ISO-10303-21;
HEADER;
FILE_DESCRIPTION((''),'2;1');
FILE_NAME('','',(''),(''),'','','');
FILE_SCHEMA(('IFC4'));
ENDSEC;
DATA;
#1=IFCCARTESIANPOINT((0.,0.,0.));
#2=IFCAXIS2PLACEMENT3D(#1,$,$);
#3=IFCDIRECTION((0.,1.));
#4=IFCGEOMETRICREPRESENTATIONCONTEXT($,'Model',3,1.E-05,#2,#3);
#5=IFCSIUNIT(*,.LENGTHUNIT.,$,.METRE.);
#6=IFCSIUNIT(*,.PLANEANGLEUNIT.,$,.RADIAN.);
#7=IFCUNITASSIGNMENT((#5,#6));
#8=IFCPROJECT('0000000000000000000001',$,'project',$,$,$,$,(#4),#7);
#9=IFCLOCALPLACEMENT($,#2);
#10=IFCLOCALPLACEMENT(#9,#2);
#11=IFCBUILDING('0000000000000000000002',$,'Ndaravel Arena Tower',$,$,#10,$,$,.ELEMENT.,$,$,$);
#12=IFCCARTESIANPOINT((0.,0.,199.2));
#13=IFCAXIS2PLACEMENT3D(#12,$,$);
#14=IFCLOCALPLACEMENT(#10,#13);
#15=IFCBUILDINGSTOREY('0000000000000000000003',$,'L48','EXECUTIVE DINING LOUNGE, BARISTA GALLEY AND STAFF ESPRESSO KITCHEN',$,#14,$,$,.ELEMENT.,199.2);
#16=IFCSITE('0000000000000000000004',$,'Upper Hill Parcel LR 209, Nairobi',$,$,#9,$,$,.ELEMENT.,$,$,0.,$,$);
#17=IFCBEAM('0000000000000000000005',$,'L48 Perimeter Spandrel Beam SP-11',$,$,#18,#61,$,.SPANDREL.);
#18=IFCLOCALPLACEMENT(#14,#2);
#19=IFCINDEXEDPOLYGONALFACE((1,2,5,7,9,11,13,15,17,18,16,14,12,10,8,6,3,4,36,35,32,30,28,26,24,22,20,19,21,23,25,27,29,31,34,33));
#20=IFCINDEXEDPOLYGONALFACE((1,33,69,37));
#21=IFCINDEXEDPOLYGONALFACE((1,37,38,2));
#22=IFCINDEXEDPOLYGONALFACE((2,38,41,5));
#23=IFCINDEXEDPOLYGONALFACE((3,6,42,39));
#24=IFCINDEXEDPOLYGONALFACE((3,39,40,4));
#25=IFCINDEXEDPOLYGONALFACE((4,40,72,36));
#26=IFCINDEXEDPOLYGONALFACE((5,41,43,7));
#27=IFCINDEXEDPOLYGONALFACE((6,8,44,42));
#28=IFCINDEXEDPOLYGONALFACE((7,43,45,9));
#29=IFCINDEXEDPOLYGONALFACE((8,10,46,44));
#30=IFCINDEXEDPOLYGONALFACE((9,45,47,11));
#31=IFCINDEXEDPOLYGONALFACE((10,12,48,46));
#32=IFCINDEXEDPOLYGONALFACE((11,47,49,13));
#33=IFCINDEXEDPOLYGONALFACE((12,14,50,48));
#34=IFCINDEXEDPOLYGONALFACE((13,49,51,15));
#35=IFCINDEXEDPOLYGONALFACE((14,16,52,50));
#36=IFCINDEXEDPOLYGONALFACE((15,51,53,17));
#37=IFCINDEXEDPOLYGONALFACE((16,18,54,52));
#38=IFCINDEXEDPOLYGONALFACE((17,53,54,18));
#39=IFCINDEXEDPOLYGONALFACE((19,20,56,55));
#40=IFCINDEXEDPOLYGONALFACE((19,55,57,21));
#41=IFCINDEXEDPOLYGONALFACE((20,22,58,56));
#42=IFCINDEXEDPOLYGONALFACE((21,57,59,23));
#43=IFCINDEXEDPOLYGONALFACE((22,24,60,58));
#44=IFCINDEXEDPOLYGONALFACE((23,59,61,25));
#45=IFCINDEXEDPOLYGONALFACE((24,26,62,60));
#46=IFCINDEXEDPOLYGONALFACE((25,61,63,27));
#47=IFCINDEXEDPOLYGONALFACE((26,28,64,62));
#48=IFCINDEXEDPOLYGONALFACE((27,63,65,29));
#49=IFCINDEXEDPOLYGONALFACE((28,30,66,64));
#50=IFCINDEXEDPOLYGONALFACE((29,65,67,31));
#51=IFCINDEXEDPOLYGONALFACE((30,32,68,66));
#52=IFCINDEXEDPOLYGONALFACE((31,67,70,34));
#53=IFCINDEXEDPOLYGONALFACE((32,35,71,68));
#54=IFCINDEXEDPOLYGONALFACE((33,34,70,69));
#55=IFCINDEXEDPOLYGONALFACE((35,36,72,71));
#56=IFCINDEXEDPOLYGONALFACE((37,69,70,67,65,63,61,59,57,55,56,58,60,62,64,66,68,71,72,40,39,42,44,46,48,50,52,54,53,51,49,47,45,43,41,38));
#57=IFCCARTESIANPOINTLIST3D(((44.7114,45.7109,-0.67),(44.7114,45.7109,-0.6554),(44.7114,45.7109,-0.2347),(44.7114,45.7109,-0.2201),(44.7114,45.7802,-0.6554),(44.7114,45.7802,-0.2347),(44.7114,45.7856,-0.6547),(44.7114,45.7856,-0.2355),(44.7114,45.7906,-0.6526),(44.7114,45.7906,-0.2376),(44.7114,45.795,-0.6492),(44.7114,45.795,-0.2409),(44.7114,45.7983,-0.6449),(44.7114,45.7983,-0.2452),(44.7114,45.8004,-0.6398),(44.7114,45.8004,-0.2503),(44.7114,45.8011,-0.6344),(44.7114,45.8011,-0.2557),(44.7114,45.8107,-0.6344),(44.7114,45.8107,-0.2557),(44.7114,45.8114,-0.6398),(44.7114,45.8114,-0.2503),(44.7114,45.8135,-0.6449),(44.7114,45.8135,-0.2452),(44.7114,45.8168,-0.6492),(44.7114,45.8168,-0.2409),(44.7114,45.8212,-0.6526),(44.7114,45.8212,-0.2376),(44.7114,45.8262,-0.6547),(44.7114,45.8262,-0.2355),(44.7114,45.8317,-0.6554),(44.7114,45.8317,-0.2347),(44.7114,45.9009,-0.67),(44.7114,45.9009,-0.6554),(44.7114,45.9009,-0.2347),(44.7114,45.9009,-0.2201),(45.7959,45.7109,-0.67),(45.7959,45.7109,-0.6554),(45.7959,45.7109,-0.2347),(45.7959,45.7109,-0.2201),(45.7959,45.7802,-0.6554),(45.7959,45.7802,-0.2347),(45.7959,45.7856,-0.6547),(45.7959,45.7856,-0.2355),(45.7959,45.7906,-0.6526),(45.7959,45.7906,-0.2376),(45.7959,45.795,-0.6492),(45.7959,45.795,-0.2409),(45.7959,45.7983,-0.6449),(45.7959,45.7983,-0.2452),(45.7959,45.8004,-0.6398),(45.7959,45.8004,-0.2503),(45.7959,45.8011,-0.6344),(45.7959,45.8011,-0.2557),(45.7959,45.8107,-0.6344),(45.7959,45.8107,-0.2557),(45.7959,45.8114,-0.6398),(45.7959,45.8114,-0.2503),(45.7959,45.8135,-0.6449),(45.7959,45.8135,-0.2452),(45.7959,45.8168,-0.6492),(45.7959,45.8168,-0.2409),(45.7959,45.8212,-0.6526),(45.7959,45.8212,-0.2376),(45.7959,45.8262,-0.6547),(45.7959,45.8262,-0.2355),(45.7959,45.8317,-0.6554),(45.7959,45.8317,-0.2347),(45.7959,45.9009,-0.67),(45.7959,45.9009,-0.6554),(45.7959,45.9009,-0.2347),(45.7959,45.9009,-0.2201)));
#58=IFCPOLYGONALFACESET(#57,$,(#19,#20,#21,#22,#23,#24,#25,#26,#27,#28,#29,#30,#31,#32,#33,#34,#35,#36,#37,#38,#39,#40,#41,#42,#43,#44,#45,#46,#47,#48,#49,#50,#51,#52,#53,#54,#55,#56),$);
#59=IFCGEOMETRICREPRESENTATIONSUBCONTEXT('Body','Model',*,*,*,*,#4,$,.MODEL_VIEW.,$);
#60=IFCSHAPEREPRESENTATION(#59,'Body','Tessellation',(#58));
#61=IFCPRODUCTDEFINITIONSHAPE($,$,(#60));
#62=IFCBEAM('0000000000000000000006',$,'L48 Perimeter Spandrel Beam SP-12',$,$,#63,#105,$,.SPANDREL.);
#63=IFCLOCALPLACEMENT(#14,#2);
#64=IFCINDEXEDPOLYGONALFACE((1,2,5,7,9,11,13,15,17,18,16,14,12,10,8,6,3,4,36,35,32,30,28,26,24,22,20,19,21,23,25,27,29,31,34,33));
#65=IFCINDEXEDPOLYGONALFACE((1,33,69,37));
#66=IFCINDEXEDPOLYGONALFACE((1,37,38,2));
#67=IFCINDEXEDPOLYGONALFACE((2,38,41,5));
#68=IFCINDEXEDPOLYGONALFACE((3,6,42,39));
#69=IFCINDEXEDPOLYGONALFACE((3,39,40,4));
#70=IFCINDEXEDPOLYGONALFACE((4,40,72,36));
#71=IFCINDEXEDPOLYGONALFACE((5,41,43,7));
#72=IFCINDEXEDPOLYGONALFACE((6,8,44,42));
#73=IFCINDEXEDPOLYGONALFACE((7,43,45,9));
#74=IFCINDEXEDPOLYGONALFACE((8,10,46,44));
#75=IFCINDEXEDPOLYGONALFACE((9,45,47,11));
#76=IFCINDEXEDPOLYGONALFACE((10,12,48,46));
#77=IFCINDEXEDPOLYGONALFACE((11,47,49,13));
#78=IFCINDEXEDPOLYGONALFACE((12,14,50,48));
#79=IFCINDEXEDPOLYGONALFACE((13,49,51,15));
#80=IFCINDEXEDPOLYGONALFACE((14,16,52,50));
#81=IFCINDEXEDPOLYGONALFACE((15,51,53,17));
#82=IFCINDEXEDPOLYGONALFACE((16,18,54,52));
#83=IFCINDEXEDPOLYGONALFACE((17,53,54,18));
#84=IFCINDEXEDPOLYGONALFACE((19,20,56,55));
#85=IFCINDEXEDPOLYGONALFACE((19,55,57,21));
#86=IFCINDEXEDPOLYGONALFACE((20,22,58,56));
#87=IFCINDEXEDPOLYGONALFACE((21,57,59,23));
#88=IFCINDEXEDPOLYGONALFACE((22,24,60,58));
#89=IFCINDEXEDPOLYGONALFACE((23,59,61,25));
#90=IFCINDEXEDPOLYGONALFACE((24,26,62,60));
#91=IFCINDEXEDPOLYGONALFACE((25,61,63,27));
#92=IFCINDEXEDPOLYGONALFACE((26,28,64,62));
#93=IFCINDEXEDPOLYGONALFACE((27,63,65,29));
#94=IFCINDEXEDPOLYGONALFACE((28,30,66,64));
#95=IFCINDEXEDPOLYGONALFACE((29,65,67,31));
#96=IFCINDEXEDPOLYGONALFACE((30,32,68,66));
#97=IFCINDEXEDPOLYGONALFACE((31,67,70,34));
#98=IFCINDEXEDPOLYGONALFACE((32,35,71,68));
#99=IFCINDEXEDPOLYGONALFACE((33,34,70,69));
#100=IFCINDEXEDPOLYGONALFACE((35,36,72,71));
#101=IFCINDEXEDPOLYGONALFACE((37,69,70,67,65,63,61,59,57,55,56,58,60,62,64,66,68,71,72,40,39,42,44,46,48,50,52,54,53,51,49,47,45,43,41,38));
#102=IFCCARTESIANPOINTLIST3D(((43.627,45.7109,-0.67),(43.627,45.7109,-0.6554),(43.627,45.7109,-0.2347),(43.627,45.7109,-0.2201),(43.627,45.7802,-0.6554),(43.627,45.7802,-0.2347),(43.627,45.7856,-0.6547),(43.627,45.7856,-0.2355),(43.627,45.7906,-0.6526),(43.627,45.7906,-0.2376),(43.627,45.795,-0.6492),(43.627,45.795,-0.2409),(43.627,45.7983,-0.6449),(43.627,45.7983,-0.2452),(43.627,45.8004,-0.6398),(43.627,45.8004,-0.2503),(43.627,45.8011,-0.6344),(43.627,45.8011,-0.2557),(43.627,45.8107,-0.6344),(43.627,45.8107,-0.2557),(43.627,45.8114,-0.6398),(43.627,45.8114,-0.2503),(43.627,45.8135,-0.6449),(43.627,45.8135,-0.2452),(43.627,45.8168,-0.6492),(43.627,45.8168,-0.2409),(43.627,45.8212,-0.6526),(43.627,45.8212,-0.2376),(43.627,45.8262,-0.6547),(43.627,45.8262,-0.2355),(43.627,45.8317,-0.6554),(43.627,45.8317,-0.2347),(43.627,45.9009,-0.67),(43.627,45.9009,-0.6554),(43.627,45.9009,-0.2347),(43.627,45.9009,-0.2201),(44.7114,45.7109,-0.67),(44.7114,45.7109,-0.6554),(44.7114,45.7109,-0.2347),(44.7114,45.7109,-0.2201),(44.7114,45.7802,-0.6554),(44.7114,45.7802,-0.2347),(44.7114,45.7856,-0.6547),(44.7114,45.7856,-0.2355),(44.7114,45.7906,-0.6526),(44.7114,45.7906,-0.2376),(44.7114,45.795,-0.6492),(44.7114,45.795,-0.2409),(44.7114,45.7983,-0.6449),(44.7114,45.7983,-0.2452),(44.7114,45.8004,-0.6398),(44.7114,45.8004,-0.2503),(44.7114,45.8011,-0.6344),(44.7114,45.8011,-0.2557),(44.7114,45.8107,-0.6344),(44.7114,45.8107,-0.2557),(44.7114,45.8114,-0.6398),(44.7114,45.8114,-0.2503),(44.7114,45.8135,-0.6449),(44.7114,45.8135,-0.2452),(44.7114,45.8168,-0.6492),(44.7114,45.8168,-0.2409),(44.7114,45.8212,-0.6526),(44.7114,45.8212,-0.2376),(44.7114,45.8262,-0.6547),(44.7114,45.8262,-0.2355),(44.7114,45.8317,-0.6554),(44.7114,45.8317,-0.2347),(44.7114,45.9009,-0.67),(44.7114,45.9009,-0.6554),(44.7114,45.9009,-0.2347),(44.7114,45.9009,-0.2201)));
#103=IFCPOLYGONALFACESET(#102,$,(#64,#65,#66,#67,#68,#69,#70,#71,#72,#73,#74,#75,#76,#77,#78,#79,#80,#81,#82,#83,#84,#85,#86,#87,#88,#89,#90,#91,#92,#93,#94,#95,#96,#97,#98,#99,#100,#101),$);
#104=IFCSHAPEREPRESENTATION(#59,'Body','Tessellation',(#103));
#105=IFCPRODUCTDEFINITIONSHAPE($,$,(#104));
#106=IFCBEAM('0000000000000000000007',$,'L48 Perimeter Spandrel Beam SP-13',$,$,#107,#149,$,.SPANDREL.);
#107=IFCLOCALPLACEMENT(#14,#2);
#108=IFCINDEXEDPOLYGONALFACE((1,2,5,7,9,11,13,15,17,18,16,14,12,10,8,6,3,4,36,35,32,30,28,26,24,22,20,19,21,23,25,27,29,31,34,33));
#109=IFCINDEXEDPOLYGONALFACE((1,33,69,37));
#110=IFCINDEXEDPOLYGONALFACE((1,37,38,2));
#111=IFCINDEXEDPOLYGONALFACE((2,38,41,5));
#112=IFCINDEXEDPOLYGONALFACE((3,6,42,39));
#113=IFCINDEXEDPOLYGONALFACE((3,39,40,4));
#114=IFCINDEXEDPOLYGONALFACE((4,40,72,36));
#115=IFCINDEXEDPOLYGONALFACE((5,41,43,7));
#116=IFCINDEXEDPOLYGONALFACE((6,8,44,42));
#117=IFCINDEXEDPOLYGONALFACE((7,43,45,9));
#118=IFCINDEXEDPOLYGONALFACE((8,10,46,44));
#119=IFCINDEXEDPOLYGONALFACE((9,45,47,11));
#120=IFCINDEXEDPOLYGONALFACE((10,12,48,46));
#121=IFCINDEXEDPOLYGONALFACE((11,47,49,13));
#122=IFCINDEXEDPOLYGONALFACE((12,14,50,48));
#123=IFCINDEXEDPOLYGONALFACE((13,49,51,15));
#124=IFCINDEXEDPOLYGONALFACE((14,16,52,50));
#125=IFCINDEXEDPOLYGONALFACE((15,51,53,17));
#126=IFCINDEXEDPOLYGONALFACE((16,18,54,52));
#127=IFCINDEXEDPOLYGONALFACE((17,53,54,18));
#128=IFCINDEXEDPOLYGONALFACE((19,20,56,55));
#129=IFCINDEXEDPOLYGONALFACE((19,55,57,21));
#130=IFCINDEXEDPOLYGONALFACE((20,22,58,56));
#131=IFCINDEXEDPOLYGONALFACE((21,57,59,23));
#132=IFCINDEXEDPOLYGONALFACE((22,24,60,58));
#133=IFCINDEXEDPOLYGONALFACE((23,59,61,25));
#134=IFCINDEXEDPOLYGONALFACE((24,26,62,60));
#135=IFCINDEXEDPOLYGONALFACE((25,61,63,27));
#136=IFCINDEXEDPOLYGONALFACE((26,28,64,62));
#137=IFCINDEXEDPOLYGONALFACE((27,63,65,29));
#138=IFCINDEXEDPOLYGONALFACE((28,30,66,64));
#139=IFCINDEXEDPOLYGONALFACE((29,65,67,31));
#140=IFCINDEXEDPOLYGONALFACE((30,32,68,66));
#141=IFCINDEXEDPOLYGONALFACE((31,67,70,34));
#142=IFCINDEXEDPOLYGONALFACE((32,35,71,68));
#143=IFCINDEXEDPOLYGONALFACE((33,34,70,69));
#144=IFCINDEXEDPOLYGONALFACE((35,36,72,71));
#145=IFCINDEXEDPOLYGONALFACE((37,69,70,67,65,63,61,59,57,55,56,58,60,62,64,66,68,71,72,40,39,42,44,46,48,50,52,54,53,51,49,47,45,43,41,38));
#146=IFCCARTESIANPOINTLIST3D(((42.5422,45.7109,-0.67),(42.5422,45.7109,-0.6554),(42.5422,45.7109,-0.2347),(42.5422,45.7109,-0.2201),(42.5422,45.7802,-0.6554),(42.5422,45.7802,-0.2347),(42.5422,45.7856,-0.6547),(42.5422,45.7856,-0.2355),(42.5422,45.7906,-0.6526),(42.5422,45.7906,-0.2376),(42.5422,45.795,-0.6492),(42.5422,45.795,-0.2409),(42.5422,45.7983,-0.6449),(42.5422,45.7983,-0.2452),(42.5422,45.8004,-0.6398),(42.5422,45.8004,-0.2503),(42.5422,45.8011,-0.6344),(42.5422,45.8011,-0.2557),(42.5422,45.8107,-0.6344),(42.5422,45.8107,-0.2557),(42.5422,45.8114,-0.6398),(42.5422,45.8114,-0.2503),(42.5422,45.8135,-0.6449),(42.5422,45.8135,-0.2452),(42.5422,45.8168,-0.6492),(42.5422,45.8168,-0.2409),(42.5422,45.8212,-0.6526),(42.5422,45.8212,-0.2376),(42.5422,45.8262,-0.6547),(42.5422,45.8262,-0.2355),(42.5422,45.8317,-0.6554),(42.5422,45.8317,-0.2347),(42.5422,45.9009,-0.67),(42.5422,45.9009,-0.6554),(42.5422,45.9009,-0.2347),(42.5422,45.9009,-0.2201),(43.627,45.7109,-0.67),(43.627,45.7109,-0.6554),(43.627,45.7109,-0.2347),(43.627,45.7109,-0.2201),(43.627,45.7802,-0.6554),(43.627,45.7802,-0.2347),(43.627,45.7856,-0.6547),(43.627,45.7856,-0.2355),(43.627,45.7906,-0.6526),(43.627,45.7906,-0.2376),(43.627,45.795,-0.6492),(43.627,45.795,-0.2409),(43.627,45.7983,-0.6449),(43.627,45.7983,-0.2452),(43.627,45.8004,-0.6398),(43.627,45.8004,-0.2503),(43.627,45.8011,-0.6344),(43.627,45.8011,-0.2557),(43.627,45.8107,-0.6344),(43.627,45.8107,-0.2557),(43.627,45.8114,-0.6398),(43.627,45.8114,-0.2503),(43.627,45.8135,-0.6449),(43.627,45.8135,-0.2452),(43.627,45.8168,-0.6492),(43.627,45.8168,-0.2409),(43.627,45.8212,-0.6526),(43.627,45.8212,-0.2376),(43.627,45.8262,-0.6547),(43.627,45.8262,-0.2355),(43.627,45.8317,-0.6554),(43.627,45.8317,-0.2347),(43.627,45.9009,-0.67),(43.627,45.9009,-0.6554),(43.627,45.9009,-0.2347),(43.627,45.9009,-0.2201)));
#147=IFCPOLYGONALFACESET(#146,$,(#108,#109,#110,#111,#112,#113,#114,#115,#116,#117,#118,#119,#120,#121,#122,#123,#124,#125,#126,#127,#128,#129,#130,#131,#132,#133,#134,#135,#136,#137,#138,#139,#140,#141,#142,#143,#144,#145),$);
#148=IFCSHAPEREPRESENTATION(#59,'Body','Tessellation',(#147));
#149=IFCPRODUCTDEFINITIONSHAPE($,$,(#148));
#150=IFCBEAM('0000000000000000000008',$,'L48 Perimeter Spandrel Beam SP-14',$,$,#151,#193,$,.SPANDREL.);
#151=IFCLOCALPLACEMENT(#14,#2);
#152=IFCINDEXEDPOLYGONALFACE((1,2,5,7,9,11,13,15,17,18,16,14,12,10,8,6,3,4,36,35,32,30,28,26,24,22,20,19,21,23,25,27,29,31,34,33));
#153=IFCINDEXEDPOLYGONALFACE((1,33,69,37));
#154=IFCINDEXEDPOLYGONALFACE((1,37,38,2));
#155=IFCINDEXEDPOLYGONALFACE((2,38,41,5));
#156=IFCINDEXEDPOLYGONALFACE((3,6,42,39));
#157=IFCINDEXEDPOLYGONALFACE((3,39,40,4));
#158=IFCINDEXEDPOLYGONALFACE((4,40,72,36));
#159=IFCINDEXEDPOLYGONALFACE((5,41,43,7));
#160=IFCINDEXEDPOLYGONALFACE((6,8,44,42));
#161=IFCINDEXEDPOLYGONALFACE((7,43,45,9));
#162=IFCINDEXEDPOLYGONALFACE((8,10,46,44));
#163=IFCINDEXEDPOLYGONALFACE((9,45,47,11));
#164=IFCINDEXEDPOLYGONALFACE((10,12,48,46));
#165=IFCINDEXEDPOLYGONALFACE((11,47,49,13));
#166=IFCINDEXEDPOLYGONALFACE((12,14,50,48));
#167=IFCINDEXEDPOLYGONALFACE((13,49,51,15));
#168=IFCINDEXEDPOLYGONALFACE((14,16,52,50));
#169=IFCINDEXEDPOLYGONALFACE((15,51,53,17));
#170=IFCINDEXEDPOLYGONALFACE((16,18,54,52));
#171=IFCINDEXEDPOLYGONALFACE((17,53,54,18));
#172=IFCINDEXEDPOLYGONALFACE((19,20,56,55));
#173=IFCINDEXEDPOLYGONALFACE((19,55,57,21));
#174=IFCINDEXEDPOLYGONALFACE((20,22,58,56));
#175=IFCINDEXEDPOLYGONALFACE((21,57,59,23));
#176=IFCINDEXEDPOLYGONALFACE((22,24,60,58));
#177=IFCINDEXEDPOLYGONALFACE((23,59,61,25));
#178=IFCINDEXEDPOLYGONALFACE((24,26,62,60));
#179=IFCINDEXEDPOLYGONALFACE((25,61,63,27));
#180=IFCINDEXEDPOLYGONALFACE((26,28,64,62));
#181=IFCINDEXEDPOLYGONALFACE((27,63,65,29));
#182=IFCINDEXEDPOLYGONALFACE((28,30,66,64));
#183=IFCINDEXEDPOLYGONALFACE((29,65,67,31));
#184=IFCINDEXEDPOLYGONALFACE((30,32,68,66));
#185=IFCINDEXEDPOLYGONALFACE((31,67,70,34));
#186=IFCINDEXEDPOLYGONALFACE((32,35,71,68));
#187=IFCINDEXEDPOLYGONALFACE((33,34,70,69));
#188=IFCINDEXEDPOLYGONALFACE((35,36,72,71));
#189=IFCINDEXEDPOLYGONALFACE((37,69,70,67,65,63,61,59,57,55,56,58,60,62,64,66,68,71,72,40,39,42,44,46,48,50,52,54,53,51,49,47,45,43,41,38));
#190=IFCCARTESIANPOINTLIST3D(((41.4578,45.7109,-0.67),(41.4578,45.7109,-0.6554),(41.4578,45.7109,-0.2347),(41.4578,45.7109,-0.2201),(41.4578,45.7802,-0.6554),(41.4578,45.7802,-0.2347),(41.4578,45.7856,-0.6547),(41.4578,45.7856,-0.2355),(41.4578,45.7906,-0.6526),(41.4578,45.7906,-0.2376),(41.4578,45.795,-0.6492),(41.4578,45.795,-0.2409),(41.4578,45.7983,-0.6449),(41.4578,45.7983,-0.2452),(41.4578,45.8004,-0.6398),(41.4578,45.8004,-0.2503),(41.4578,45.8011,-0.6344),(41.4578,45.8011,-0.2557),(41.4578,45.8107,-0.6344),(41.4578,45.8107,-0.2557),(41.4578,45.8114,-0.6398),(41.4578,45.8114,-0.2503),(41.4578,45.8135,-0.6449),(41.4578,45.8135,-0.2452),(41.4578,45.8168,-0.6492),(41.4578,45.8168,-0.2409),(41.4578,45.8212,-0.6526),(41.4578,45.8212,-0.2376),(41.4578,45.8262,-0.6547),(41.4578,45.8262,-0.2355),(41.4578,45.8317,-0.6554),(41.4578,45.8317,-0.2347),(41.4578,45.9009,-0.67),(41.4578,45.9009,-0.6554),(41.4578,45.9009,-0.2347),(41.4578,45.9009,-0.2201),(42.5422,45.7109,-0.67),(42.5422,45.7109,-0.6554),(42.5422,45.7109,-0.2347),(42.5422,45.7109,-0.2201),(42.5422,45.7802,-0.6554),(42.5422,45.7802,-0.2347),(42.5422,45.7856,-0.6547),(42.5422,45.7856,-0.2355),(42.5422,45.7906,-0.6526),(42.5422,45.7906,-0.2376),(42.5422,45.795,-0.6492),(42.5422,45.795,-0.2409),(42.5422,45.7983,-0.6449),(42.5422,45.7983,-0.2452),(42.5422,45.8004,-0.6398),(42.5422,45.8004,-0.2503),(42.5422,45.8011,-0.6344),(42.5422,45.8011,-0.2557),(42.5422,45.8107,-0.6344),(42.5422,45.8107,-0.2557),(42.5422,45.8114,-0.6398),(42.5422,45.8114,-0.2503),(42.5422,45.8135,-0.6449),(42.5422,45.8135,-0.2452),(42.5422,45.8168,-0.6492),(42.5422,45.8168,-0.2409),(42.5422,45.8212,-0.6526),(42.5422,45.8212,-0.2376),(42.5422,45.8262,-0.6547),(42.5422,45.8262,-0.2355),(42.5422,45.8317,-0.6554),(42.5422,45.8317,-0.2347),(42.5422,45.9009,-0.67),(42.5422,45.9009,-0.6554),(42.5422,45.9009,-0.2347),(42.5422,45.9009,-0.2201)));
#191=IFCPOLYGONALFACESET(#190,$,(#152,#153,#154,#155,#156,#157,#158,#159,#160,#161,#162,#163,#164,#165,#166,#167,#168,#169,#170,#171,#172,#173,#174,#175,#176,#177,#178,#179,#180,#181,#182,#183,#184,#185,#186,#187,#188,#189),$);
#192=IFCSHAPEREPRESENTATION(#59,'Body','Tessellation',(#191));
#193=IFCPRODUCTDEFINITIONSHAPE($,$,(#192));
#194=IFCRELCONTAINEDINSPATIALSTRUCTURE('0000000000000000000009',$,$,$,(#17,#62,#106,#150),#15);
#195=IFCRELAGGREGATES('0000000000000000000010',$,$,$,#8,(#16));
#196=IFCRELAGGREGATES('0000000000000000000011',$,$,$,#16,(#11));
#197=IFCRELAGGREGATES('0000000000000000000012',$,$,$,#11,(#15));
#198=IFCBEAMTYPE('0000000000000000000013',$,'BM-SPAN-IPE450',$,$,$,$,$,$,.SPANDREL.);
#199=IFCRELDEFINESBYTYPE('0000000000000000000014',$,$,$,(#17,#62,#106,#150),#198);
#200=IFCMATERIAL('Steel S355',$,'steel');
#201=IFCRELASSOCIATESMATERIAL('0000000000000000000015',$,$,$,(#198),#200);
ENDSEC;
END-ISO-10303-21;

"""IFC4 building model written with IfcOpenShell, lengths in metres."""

from ifc_helpers import new_model, si_unit, direction, frame, origin, origin_2d, place, context, subcontext, project, spatial, i_section, extrude, material, material_profile, profile_set, type_object, element, save


model = new_model("IFC4")

# Units and contexts
model_context = context("Model", 3, precision=1e-05, world=origin(), true_north=direction((0.0, 1.0)))
body_context = subcontext(model_context, "Body", "Model", "MODEL_VIEW")
ifc_project = project(units=[si_unit("LENGTHUNIT", "METRE"), si_unit("PLANEANGLEUNIT", "RADIAN")], contexts=[model_context])

# Site, building, storey
site_placement = place(None, origin())
site = spatial("IfcSite", under=ifc_project, at=site_placement, Name="Upper Hill Parcel LR 209, Nairobi", CompositionType="ELEMENT", RefElevation=0.0)
building_placement = place(site_placement, origin())
building = spatial("IfcBuilding", under=site, at=building_placement, Name="Ndaravel Arena Tower", CompositionType="ELEMENT")
storey_placement = place(building_placement, frame((0.0, 0.0, 199.2)))
storey = spatial("IfcBuildingStorey", under=building, at=storey_placement, Name="L48", Description="EXECUTIVE DINING LOUNGE, BARISTA GALLEY AND STAFF ESPRESSO KITCHEN", CompositionType="ELEMENT", Elevation=199.2)

# Beams
ifc_material_1 = material(Name="Steel S355", Category="steel")
ifc_material_profile_1 = material_profile(ifc_material_1, i_section(OverallWidth=0.1899, OverallDepth=0.45, WebThickness=0.0095, FlangeThickness=0.0146, FilletRadius=0.021, at=origin_2d()), Name="IPE 450")
ifc_profile_set_1 = profile_set([ifc_material_profile_1], Name="Steel S355")
beam_type_1 = type_object("IfcBeamType", Name="BM-SPAN-IPE450", PredefinedType="SPANDREL", material=ifc_profile_set_1)
for number, where, z_axis, x_axis, name in (
    (1, (45.7959, 45.8059, -0.4451), (-1.0, 0.0, 0.0), (0.0, -1.0, 0.0), "L48 Perimeter Spandrel Beam SP-11"),
    (2, (44.7114, 45.8059, -0.4451), (-1.0, 0.0, 0.0), (0.0, -1.0, 0.0), "L48 Perimeter Spandrel Beam SP-12"),
):
    element("IfcBeam", number, at=place(storey_placement, frame(where, z_axis=z_axis, x_axis=x_axis)), inside=storey, type_object=beam_type_1, Name=name, PredefinedType="SPANDREL", context=body_context, shape_type="SweptSolid", body=[
        extrude(i_section(OverallWidth=0.1899, OverallDepth=0.45, WebThickness=0.0095, FlangeThickness=0.0146, FilletRadius=0.021, at=origin_2d()), origin(), (0.0, 0.0, 1.0), 1.0845),
    ])
beam_1_placement = place(storey_placement, frame((43.627, 45.8059, -0.4451), z_axis=(-1.0, 0.0, 0.0), x_axis=(0.0, -1.0, 0.0)))
element("IfcBeam", 3, at=beam_1_placement, inside=storey, type_object=beam_type_1, Name="L48 Perimeter Spandrel Beam SP-13", PredefinedType="SPANDREL", context=body_context, shape_type="SweptSolid", body=[
    extrude(i_section(OverallWidth=0.1899, OverallDepth=0.45, WebThickness=0.0095, FlangeThickness=0.0146, FilletRadius=0.021, at=origin_2d()), origin(), (0.0, 0.0, 1.0), 1.0847),
])
beam_2_placement = place(storey_placement, frame((42.5422, 45.8059, -0.4451), z_axis=(-1.0, 0.0, 0.0), x_axis=(0.0, -1.0, 0.0)))
element("IfcBeam", 4, at=beam_2_placement, inside=storey, type_object=beam_type_1, Name="L48 Perimeter Spandrel Beam SP-14", PredefinedType="SPANDREL", context=body_context, shape_type="SweptSolid", body=[
    extrude(i_section(OverallWidth=0.1899, OverallDepth=0.45, WebThickness=0.0095, FlangeThickness=0.0146, FilletRadius=0.021, at=origin_2d()), origin(), (0.0, 0.0, 1.0), 1.0845),
])

save(model, "model.ifc")
